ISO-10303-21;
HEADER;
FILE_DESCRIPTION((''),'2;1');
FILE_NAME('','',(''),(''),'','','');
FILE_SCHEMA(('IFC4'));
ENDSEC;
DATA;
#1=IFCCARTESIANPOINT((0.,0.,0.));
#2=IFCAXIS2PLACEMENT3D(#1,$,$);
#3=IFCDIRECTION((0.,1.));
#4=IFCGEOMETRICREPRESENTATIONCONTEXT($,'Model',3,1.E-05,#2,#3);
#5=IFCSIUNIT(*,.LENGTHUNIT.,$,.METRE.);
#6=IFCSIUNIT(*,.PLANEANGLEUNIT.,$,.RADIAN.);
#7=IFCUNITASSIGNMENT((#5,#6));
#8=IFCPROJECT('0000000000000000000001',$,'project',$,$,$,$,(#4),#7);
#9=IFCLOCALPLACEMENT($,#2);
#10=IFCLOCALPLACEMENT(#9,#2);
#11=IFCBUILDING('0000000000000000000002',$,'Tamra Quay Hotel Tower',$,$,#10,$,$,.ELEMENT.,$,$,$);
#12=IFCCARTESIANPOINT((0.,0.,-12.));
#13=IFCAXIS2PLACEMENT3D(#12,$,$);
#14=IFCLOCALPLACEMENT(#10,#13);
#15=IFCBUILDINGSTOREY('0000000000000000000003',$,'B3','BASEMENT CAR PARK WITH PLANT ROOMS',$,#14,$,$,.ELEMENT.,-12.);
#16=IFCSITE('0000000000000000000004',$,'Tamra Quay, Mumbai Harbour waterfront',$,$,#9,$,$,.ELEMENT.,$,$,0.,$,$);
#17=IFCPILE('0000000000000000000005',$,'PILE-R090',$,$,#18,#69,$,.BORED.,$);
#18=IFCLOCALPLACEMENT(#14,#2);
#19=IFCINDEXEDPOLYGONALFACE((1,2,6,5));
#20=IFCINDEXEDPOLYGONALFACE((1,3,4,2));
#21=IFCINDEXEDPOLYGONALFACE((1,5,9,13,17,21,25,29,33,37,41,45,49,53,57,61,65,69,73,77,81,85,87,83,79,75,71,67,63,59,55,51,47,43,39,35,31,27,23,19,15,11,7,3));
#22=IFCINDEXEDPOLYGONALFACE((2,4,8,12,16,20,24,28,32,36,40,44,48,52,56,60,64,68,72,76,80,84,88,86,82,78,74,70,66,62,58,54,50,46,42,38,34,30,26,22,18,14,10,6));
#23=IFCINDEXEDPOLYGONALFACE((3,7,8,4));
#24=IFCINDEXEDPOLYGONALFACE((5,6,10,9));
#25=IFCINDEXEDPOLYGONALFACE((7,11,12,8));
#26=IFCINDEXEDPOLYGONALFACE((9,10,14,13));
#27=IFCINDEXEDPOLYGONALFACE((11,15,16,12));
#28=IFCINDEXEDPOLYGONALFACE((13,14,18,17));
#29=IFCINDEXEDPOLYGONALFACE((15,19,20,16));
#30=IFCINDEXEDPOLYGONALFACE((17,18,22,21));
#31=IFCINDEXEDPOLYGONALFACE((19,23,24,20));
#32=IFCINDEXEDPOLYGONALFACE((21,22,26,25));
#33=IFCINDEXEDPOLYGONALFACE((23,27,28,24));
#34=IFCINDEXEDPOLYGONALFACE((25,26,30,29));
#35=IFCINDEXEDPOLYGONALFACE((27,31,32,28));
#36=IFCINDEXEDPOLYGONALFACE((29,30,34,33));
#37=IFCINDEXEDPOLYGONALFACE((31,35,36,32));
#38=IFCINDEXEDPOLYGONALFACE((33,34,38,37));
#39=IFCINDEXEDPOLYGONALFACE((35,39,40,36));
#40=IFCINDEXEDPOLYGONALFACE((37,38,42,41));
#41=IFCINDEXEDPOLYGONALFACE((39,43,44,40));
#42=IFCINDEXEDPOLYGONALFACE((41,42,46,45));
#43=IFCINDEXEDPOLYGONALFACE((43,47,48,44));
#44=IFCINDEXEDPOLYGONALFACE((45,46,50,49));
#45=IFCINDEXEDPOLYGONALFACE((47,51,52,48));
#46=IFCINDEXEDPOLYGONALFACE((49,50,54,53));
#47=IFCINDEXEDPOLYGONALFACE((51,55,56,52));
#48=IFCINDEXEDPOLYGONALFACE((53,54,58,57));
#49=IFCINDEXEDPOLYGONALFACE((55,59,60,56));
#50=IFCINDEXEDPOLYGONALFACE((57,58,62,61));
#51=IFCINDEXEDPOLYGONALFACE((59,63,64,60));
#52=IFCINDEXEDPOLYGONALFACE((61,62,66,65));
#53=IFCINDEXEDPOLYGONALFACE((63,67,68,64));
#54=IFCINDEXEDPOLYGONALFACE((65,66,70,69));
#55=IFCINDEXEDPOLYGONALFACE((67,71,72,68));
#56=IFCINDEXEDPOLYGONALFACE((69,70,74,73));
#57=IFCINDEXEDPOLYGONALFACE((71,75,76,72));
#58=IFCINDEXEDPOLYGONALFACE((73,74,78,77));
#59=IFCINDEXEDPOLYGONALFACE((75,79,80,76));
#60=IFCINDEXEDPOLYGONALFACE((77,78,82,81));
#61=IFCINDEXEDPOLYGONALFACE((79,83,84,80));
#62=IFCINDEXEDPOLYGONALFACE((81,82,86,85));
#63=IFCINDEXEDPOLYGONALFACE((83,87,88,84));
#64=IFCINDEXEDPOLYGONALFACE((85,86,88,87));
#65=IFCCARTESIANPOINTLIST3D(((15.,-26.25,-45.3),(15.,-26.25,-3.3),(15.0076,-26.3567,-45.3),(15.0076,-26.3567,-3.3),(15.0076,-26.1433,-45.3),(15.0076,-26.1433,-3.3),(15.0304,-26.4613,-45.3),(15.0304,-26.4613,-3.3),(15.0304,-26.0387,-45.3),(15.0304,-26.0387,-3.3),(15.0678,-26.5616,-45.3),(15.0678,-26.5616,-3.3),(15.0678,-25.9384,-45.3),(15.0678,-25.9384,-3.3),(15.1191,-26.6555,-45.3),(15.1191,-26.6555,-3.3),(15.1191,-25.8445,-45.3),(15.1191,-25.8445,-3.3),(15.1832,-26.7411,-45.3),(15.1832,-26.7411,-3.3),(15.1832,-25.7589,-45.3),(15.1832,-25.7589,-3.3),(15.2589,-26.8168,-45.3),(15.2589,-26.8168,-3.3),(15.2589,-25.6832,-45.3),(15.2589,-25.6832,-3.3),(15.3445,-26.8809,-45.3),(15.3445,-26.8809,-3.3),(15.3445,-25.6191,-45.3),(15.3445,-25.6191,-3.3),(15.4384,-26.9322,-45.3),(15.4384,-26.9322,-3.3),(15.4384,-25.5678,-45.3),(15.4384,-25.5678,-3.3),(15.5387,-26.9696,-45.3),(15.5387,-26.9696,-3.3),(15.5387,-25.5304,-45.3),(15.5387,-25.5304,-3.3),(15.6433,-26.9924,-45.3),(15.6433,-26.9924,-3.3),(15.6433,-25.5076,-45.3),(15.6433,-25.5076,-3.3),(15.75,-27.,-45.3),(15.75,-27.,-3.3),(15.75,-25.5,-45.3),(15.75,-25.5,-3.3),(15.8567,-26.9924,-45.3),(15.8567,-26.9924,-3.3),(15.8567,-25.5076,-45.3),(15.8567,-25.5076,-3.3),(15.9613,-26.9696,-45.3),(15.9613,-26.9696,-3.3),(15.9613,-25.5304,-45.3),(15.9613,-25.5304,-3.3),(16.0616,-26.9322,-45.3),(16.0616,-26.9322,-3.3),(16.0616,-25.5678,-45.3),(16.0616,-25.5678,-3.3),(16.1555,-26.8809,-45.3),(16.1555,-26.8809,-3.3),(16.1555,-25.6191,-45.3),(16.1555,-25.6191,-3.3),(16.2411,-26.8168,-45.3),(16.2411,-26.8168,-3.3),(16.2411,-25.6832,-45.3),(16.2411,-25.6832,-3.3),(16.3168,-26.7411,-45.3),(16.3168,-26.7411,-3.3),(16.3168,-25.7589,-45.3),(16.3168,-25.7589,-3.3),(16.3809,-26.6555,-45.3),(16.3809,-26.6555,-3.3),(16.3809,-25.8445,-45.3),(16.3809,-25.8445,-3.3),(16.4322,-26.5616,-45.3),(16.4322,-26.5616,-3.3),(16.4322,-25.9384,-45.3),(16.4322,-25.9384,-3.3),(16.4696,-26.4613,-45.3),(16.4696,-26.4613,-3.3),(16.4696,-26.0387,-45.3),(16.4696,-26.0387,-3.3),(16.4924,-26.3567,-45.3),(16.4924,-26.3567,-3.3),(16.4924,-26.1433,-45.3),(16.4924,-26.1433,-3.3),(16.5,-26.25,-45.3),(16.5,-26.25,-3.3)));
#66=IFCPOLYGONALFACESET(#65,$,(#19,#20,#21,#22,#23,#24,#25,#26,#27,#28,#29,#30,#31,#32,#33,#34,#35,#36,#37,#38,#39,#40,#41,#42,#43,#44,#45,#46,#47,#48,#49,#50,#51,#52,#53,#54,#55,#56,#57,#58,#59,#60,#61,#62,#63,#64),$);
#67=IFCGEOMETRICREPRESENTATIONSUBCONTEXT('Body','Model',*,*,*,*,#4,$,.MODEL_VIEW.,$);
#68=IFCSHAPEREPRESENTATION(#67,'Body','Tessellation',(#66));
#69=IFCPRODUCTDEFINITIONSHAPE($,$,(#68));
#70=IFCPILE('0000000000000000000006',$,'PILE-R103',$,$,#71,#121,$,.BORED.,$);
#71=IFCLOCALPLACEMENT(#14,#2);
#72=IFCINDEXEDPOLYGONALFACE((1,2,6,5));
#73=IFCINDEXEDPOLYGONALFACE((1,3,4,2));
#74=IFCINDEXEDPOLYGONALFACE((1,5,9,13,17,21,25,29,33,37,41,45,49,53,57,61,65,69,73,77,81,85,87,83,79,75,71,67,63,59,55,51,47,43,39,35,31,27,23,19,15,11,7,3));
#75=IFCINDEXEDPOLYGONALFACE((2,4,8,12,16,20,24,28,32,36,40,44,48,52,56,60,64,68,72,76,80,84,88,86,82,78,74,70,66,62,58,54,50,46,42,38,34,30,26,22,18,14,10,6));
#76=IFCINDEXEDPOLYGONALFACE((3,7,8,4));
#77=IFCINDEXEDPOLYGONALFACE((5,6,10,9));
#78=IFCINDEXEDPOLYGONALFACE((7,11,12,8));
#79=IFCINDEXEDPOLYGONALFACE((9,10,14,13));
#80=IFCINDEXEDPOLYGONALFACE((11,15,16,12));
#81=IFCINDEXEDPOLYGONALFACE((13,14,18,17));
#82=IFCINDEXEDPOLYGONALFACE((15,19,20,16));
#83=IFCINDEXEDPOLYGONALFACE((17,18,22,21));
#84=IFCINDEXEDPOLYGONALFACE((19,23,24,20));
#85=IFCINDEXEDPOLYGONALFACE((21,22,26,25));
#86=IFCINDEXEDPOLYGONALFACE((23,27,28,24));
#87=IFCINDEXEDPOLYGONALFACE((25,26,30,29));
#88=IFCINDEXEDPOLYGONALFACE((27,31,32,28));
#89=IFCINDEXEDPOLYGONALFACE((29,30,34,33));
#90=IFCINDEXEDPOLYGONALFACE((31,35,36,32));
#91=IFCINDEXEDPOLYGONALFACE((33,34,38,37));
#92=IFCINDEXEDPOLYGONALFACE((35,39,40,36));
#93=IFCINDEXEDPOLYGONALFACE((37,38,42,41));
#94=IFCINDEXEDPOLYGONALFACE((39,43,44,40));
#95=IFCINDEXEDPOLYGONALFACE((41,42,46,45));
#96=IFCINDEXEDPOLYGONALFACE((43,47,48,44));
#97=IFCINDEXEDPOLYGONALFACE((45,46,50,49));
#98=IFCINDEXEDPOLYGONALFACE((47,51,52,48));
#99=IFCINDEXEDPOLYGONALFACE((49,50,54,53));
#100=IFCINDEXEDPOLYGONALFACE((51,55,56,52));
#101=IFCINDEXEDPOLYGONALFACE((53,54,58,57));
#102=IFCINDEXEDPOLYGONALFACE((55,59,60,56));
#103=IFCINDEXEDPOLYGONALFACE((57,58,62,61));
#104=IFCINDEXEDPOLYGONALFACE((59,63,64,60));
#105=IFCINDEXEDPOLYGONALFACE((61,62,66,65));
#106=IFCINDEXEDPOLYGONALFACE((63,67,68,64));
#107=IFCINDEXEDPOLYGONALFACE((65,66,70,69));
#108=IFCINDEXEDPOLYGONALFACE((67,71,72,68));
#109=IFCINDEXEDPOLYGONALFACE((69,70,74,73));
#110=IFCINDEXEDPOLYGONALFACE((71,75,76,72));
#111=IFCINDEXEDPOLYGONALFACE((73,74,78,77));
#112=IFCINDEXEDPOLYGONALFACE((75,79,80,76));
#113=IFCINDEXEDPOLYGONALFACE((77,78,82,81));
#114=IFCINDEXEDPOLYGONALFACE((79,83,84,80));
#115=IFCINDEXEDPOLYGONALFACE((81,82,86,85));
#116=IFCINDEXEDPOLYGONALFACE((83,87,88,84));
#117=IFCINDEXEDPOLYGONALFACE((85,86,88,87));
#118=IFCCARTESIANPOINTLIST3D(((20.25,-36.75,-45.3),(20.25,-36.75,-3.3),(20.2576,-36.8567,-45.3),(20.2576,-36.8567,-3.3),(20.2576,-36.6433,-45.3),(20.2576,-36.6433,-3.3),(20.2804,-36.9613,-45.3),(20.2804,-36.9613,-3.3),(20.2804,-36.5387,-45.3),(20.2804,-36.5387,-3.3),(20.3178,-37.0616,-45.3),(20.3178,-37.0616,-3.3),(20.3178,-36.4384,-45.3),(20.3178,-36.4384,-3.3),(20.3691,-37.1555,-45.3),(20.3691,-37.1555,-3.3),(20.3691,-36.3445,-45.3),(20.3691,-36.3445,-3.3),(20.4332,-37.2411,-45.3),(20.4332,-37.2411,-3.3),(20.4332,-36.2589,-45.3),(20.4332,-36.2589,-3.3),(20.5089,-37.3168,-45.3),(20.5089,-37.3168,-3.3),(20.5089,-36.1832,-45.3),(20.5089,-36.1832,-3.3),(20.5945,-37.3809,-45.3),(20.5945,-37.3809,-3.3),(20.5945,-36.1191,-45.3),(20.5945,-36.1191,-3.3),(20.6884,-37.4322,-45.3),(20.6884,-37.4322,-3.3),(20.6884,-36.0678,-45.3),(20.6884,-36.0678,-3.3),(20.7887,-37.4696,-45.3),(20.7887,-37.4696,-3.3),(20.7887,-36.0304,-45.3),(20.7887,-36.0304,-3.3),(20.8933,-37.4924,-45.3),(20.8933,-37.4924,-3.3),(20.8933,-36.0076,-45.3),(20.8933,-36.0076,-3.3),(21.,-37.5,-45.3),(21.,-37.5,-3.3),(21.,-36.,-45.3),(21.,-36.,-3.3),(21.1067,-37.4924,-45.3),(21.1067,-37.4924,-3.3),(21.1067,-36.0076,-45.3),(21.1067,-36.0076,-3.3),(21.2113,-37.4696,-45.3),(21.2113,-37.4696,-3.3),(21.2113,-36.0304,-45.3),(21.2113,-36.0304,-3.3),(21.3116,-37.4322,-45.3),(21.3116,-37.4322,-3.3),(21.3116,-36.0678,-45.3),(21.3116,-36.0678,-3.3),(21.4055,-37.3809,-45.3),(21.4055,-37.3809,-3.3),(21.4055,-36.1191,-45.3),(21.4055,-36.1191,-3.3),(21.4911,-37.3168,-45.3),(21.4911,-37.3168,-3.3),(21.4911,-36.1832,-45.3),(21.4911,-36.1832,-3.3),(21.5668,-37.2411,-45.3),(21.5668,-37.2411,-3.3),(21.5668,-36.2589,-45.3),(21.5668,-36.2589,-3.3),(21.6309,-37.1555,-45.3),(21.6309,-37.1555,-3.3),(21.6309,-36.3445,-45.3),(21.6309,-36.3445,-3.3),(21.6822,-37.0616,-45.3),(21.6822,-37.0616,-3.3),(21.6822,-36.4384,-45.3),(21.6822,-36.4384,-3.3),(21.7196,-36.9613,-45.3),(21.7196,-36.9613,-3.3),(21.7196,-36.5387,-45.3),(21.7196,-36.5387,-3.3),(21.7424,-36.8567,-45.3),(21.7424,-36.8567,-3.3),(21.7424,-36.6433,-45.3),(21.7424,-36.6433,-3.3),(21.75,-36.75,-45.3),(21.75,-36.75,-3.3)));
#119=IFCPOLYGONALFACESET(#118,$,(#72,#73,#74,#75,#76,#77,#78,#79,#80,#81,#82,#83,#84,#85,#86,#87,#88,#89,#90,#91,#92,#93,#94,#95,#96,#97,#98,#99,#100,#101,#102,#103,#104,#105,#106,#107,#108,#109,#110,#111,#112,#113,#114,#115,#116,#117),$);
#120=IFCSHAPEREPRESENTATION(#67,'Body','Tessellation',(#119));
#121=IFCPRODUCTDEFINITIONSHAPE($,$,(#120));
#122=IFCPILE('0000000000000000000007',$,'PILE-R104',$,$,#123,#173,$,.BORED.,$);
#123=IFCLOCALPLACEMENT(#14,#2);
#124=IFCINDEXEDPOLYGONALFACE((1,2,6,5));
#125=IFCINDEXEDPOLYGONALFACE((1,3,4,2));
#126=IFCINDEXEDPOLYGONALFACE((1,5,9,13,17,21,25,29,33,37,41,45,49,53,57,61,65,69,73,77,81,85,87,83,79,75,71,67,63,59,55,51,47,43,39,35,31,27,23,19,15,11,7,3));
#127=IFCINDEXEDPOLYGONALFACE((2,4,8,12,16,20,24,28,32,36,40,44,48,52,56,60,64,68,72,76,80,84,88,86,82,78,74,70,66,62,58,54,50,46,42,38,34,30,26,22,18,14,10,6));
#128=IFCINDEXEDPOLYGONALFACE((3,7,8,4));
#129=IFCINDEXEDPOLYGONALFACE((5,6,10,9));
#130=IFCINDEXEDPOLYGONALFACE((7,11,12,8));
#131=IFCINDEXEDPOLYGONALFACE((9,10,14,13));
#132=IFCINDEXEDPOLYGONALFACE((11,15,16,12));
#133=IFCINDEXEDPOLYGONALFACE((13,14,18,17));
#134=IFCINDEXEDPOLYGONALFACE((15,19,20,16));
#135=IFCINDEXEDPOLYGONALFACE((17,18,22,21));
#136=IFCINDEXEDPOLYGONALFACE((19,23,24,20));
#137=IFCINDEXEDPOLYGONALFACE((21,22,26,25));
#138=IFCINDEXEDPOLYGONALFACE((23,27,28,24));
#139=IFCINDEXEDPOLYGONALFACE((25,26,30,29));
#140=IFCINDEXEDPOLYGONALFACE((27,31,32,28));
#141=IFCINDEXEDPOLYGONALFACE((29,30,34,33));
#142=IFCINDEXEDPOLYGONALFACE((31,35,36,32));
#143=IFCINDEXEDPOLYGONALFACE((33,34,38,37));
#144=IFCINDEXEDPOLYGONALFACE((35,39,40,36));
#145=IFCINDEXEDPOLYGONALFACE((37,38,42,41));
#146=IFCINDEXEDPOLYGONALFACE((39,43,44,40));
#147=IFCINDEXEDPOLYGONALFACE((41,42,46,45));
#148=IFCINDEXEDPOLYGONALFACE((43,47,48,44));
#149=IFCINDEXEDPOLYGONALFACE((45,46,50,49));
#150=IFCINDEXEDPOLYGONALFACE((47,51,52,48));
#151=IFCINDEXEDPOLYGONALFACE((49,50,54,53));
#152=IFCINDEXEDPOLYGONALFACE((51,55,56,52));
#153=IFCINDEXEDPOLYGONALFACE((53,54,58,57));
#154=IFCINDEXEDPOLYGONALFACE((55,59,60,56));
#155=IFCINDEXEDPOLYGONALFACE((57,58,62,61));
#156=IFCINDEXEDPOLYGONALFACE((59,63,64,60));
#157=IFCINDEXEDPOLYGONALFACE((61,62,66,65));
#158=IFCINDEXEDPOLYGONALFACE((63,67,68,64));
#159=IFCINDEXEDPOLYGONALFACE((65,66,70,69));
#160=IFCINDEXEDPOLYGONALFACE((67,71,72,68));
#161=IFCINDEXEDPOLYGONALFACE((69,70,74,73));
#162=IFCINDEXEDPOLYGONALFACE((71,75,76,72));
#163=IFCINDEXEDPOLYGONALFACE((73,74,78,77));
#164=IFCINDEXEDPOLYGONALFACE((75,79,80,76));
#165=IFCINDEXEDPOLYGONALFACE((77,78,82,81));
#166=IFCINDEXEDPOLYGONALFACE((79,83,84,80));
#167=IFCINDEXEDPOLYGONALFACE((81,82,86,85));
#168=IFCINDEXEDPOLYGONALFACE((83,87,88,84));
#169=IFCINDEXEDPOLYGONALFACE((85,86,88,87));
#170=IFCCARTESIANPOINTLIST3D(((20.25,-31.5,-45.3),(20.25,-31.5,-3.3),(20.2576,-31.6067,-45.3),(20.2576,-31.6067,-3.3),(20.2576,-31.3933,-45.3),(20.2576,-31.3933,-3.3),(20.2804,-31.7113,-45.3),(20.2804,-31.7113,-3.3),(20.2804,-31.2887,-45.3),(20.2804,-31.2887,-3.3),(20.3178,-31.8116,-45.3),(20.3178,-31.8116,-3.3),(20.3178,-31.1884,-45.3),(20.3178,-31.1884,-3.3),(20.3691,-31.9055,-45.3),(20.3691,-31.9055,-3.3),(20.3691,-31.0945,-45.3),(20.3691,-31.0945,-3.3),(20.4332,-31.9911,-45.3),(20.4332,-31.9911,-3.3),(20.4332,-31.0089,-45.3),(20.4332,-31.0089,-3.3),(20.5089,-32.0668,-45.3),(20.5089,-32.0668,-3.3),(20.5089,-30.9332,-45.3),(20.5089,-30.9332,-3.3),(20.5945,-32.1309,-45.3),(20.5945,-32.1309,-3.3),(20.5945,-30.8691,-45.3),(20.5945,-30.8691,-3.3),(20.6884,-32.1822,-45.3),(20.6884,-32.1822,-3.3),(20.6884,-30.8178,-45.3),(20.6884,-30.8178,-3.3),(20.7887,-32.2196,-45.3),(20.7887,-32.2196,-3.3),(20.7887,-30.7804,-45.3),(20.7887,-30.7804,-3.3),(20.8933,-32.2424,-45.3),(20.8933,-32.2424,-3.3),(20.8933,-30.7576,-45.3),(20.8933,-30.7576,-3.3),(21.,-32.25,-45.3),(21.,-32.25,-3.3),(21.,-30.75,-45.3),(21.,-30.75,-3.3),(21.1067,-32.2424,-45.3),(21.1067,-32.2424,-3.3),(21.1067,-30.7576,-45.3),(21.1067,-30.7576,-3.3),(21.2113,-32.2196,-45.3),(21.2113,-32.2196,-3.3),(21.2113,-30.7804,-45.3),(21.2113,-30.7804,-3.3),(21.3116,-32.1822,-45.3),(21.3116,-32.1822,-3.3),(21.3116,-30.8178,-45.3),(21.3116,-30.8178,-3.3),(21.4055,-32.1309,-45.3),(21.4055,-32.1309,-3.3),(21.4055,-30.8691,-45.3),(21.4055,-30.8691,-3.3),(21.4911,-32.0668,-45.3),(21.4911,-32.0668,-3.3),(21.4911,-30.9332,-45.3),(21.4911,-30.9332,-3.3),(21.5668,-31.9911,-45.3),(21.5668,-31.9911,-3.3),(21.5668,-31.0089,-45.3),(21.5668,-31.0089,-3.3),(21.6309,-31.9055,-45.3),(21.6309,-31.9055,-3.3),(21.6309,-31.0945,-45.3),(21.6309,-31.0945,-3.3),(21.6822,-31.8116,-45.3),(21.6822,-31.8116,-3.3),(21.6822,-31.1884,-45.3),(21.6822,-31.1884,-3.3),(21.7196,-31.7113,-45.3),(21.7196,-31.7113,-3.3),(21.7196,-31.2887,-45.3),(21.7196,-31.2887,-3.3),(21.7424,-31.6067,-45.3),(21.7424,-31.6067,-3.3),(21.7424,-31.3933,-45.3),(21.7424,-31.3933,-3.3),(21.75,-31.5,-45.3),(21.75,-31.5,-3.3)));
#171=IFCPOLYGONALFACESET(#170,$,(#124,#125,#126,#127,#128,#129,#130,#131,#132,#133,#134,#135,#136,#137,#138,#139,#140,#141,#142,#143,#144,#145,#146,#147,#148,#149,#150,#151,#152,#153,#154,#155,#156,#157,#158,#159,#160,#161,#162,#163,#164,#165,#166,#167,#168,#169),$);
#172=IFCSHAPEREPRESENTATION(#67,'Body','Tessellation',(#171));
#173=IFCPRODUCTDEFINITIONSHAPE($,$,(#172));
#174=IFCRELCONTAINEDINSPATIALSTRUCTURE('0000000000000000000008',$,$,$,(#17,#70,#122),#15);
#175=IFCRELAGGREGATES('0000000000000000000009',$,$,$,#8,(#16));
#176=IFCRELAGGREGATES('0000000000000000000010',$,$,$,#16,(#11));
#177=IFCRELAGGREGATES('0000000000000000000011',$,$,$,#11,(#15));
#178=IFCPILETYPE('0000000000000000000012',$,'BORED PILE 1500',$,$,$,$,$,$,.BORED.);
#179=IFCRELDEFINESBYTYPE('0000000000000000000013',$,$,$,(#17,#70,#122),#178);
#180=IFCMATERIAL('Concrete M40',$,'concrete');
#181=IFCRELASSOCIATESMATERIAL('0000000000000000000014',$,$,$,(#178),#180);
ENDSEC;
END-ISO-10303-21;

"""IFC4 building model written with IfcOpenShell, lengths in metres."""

from ifc_helpers import new_model, si_unit, direction, frame, origin, origin_2d, place, context, subcontext, project, spatial, circle, extrude, material, material_profile, profile_set, type_object, element, save


model = new_model("IFC4")

# Units and contexts
model_context = context("Model", 3, precision=1e-05, world=origin(), true_north=direction((0.0, 1.0)))
body_context = subcontext(model_context, "Body", "Model", "MODEL_VIEW")
ifc_project = project(units=[si_unit("LENGTHUNIT", "METRE"), si_unit("PLANEANGLEUNIT", "RADIAN")], contexts=[model_context])

# Site, building, storey
site_placement = place(None, origin())
site = spatial("IfcSite", under=ifc_project, at=site_placement, Name="Tamra Quay, Mumbai Harbour waterfront", CompositionType="ELEMENT", RefElevation=0.0)
building_placement = place(site_placement, origin())
building = spatial("IfcBuilding", under=site, at=building_placement, Name="Tamra Quay Hotel Tower", CompositionType="ELEMENT")
storey_placement = place(building_placement, frame((0.0, 0.0, -12.0)))
storey = spatial("IfcBuildingStorey", under=building, at=storey_placement, Name="B3", Description="BASEMENT CAR PARK WITH PLANT ROOMS", CompositionType="ELEMENT", Elevation=-12.0)

# Piles
ifc_material_1 = material(Name="Concrete M40", Category="concrete")
ifc_material_profile_1 = material_profile(ifc_material_1, circle(Radius=0.75, at=origin_2d()), Name="BORED PILE 1500")
ifc_profile_set_1 = profile_set([ifc_material_profile_1], Name="Concrete M40")
pile_type_1 = type_object("IfcPileType", Name="BORED PILE 1500", PredefinedType="BORED", material=ifc_profile_set_1)
for number, where, z_axis, x_axis, name in (
    (1, (15.75, -26.25, -3.3), (0.0, 0.0, -1.0), (1.0, 0.0, 0.0), "PILE-R090"),
    (2, (21.0, -36.75, -3.3), (0.0, 0.0, -1.0), (1.0, 0.0, 0.0), "PILE-R103"),
    (3, (21.0, -31.5, -3.3), (0.0, 0.0, -1.0), (1.0, 0.0, 0.0), "PILE-R104"),
):
    element("IfcPile", number, at=place(storey_placement, frame(where, z_axis=z_axis, x_axis=x_axis)), inside=storey, type_object=pile_type_1, Name=name, PredefinedType="BORED", context=body_context, shape_type="SweptSolid", body=[
        extrude(circle(Radius=0.75, at=origin_2d()), origin(), (0.0, 0.0, 1.0), 42.0),
    ])

save(model, "model.ifc")
